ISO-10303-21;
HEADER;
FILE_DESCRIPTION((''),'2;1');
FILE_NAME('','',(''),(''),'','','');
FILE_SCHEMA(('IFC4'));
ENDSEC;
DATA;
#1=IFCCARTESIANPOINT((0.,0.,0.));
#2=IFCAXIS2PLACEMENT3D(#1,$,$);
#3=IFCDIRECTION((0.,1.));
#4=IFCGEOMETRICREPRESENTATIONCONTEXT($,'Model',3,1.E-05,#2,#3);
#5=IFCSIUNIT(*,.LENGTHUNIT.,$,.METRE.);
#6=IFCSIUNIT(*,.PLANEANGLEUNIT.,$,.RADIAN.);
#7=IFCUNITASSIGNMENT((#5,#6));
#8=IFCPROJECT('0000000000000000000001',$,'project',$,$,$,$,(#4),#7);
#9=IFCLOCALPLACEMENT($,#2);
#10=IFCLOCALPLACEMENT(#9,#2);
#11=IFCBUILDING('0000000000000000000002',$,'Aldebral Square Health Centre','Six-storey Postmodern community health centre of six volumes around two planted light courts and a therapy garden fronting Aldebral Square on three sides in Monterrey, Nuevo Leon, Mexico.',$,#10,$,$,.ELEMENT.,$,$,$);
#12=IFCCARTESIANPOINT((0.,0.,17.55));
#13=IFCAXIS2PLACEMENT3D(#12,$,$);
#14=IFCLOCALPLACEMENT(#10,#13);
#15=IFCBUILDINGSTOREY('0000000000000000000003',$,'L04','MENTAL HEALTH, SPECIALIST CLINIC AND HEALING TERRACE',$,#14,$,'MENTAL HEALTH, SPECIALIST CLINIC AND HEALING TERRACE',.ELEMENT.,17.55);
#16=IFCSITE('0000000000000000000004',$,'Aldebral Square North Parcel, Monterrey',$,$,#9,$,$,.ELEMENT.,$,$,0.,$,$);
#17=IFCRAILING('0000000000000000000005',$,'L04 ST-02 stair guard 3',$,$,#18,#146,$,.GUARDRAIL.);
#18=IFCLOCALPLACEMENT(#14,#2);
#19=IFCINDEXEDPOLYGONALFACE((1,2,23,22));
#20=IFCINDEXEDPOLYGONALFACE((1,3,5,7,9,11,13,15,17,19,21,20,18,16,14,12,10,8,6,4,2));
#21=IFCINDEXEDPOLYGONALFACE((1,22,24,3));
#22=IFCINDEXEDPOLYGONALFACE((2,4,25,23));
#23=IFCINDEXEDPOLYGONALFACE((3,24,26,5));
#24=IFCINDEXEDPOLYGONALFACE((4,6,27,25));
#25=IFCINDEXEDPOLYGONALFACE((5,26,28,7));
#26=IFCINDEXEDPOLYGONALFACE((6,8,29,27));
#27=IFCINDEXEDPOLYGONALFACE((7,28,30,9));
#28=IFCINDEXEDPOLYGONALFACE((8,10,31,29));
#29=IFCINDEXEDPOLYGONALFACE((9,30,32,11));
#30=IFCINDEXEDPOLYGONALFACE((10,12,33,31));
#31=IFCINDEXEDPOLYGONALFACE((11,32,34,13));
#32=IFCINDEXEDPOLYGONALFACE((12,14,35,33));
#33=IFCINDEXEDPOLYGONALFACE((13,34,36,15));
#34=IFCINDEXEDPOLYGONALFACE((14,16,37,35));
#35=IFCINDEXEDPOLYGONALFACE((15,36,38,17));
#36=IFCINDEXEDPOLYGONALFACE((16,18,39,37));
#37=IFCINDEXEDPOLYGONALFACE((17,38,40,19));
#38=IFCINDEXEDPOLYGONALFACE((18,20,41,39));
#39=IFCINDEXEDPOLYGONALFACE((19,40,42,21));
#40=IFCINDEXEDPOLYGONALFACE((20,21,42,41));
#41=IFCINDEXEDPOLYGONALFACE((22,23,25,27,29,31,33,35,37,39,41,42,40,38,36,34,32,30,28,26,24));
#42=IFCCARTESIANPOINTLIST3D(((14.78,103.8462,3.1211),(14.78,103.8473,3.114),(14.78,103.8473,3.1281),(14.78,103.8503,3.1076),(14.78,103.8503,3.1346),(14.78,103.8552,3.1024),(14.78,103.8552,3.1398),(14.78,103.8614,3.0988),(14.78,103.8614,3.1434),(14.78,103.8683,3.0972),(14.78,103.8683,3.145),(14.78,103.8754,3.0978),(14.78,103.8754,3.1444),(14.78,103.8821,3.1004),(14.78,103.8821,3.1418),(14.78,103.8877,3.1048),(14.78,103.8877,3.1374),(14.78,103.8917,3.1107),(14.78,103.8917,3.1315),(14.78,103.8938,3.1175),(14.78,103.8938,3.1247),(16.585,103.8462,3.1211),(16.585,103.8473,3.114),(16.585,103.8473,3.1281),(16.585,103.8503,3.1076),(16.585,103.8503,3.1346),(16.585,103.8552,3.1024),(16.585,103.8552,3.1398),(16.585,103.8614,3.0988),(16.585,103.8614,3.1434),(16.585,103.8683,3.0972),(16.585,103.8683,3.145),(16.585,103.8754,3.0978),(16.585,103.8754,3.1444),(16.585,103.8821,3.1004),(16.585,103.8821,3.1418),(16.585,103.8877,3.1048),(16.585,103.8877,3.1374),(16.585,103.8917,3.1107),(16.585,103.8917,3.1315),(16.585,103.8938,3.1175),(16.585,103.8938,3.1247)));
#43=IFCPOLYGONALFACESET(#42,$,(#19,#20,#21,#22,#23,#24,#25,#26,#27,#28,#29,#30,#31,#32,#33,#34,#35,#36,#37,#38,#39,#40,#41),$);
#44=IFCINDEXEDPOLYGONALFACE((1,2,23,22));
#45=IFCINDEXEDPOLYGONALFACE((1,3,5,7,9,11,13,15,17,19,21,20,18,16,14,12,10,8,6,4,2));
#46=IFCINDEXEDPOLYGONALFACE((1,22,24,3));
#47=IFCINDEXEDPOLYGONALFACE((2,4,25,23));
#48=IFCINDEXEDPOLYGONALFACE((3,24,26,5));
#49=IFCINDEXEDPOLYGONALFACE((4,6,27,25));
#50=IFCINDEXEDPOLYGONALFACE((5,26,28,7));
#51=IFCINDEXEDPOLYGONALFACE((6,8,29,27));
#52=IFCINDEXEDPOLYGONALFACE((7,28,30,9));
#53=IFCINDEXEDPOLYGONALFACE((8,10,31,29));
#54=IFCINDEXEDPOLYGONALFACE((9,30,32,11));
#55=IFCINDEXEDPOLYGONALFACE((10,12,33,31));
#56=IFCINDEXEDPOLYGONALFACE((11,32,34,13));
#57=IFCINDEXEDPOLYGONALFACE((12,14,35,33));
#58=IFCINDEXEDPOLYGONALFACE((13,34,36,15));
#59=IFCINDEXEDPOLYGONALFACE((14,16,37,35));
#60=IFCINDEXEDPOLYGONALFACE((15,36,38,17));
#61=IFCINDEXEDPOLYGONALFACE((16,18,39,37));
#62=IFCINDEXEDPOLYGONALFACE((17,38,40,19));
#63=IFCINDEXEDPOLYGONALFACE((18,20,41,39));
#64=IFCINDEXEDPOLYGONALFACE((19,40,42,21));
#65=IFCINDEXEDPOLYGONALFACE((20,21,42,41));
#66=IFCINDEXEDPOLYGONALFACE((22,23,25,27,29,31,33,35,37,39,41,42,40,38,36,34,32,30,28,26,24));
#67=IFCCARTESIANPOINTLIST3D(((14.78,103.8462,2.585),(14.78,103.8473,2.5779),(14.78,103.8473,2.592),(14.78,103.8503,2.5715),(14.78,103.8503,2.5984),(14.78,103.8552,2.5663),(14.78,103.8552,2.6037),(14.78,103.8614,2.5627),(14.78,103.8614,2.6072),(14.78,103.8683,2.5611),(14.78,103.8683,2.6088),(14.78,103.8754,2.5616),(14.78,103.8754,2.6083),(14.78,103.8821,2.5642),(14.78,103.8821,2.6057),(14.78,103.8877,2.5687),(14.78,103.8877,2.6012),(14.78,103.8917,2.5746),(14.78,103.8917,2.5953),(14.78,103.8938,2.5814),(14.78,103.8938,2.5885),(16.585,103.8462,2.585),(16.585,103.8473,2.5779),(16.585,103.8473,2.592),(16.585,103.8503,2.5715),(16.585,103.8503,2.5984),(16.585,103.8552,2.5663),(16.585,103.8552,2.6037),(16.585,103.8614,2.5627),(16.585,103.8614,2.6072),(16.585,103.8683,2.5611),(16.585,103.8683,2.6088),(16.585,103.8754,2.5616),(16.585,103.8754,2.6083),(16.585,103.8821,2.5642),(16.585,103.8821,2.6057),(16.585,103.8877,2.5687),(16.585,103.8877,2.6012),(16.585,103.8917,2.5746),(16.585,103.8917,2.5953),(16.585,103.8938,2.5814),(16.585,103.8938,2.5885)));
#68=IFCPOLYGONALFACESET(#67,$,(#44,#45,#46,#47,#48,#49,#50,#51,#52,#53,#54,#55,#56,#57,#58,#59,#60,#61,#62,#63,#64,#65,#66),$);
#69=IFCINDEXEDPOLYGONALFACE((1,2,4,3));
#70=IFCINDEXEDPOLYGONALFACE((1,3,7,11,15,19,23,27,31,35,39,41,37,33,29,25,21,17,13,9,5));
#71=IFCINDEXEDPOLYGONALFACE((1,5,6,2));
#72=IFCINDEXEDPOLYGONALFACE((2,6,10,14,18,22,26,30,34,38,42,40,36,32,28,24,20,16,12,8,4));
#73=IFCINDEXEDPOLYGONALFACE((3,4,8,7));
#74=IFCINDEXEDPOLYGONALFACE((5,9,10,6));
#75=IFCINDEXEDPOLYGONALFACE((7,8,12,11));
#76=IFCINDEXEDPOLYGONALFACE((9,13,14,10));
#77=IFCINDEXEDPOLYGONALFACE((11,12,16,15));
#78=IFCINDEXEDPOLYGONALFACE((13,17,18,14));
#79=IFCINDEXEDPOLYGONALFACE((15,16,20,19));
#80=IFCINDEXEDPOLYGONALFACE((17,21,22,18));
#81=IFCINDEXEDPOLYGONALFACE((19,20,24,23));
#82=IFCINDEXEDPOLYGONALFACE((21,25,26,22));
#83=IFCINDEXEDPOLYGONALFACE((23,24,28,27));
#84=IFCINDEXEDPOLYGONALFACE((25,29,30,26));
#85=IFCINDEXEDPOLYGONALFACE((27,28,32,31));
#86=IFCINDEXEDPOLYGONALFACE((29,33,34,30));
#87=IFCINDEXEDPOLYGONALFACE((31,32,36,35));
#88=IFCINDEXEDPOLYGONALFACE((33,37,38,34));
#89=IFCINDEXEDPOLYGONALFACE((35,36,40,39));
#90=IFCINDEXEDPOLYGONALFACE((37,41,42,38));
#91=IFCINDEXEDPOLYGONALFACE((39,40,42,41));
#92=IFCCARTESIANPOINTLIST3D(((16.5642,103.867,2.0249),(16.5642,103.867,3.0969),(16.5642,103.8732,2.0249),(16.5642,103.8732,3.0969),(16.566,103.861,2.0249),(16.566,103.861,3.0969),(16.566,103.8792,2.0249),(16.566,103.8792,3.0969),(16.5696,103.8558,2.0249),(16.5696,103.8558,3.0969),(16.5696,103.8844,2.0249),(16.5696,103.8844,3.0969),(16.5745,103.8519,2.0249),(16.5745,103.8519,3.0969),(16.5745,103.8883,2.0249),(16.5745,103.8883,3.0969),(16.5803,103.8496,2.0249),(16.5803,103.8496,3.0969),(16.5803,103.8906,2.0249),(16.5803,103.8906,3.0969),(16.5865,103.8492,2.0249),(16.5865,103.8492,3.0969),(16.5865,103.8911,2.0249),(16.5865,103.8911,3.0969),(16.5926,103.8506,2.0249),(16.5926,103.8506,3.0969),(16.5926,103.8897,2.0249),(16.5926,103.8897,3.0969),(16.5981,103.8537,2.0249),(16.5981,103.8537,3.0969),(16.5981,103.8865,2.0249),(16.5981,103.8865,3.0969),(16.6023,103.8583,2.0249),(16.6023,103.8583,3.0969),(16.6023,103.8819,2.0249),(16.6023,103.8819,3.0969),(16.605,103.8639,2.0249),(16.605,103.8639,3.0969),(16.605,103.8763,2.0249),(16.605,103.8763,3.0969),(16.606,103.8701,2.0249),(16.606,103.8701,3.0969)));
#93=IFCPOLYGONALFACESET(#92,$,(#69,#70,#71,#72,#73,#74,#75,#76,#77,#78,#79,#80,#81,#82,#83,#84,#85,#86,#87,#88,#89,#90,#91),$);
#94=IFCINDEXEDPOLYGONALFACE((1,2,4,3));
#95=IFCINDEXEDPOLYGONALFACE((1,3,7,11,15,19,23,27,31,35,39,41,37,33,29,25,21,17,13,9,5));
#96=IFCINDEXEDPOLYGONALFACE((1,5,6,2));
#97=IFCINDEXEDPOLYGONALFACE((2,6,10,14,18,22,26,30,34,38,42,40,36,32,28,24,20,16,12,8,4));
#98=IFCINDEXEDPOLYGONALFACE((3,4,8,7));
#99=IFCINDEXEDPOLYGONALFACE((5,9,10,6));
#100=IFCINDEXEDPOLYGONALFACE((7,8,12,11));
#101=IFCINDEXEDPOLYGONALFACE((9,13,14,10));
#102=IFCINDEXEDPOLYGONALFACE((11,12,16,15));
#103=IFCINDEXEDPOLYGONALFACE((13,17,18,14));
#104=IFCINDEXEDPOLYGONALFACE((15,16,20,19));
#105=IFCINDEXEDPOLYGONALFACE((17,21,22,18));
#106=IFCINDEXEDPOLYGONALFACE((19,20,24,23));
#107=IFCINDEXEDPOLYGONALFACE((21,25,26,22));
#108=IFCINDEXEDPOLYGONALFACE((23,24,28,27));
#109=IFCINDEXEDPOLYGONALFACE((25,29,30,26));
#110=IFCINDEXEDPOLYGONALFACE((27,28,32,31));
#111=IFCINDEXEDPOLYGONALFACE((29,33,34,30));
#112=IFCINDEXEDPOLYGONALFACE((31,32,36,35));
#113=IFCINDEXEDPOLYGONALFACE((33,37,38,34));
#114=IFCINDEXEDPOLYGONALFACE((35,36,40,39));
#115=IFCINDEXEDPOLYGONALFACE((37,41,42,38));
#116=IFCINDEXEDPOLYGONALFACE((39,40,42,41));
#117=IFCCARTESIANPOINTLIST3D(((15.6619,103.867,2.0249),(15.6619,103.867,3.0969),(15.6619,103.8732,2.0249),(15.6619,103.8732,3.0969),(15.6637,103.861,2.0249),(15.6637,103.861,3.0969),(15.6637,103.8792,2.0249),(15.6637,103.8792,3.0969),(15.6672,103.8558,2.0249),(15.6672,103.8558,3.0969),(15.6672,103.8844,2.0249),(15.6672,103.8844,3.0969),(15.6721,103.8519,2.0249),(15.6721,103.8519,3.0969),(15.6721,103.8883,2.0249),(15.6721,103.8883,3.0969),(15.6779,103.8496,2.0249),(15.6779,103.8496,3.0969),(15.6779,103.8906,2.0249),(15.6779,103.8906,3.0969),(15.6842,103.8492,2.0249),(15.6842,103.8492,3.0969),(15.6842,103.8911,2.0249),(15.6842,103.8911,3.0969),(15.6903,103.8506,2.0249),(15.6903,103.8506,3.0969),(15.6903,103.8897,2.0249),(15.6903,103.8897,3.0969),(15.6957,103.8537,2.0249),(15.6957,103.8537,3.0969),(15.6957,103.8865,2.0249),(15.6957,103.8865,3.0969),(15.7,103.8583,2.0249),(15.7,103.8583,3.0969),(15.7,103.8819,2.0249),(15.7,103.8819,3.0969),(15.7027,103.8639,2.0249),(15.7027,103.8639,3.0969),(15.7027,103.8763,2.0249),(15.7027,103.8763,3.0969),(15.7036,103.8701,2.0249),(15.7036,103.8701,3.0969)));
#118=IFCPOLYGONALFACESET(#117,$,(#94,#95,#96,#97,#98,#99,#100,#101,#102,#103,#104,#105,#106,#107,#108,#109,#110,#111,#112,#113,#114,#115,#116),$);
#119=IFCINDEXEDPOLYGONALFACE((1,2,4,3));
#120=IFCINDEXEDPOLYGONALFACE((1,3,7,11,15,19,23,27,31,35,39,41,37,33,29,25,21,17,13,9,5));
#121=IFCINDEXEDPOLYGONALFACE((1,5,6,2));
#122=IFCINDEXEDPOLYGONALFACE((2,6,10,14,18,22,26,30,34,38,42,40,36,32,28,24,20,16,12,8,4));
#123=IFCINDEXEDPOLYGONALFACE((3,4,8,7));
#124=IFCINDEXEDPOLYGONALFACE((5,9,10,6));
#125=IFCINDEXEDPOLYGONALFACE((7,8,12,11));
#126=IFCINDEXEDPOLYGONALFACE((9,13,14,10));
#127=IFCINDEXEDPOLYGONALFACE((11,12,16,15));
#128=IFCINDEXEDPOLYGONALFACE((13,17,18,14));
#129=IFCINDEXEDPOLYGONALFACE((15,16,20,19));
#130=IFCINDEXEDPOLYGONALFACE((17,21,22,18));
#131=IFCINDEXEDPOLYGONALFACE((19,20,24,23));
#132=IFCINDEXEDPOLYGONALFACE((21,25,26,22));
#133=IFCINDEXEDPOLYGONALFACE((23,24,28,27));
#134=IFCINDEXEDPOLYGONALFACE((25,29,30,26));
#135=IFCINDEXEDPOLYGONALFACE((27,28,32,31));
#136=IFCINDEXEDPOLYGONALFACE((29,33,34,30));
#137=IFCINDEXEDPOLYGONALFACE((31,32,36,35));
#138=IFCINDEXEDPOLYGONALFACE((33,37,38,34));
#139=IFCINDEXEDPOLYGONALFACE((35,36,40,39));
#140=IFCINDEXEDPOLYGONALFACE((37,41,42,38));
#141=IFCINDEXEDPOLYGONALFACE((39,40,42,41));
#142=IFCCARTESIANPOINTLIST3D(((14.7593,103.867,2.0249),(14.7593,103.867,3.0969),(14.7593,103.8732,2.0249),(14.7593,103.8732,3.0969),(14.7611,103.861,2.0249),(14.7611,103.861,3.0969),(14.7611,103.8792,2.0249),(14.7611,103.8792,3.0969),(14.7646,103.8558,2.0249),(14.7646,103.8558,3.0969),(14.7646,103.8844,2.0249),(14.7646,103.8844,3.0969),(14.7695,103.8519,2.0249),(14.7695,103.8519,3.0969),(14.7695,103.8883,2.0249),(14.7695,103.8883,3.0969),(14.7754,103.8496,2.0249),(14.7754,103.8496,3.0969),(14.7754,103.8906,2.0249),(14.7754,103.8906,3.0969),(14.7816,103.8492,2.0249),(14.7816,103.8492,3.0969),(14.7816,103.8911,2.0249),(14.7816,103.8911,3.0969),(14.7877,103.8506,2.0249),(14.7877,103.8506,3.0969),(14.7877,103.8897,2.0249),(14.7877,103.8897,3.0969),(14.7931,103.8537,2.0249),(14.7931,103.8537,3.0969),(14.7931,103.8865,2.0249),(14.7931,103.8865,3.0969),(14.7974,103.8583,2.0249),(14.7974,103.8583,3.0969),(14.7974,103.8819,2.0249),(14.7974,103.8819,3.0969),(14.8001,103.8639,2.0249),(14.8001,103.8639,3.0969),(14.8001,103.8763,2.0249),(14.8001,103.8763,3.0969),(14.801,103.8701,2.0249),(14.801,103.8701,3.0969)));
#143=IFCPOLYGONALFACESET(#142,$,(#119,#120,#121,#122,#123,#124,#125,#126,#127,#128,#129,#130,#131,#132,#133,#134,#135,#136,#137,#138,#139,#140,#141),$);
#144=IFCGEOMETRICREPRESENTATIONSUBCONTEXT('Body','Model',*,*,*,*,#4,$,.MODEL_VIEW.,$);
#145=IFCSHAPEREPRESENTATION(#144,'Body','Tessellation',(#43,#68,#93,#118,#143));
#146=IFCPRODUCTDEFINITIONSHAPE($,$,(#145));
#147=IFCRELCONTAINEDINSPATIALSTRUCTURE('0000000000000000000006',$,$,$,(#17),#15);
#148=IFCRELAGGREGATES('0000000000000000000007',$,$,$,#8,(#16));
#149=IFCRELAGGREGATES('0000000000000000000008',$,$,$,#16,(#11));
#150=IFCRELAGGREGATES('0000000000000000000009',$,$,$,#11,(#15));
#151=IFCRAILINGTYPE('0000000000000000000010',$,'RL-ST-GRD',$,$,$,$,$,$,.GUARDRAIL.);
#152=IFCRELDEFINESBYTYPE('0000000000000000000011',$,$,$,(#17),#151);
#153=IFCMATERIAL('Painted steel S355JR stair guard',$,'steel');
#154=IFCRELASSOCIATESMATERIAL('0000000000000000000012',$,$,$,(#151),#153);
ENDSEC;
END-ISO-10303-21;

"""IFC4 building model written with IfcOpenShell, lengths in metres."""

from ifc_helpers import new_model, si_unit, direction, frame, origin, origin_2d, place, context, subcontext, project, spatial, circle, extrude, material, type_object, element, save


model = new_model("IFC4")

# Units and contexts
model_context = context("Model", 3, precision=1e-05, world=origin(), true_north=direction((0.0, 1.0)))
body_context = subcontext(model_context, "Body", "Model", "MODEL_VIEW")
ifc_project = project(units=[si_unit("LENGTHUNIT", "METRE"), si_unit("PLANEANGLEUNIT", "RADIAN")], contexts=[model_context])

# Site, building, storey
site_placement = place(None, origin())
site = spatial("IfcSite", under=ifc_project, at=site_placement, Name="Aldebral Square North Parcel, Monterrey", CompositionType="ELEMENT", RefElevation=0.0)
building_placement = place(site_placement, origin())
building = spatial("IfcBuilding", under=site, at=building_placement, Name="Aldebral Square Health Centre", Description="Six-storey Postmodern community health centre of six volumes around two planted light courts and a therapy garden fronting Aldebral Square on three sides in Monterrey, Nuevo Leon, Mexico.", CompositionType="ELEMENT")
storey_placement = place(building_placement, frame((0.0, 0.0, 17.55)))
storey = spatial("IfcBuildingStorey", under=building, at=storey_placement, Name="L04", Description="MENTAL HEALTH, SPECIALIST CLINIC AND HEALING TERRACE", LongName="MENTAL HEALTH, SPECIALIST CLINIC AND HEALING TERRACE", CompositionType="ELEMENT", Elevation=17.55)

# Railing
ifc_material_1 = material(Name="Painted steel S355JR stair guard", Category="steel")
railing_type_1 = type_object("IfcRailingType", Name="RL-ST-GRD", PredefinedType="GUARDRAIL", material=ifc_material_1)
railing_1_placement = place(storey_placement, frame((16.585, 103.8701, 2.0249)))
element("IfcRailing", 1, at=railing_1_placement, inside=storey, type_object=railing_type_1, Name="L04 ST-02 stair guard 3", PredefinedType="GUARDRAIL", context=body_context, shape_type="SweptSolid", body=[
    extrude(circle(Radius=0.0239, at=origin_2d()), frame((0.0, 0.0, 1.0962), z_axis=(-1.0, 0.0, 0.0), x_axis=(0.0, -1.0, 0.0)), (0.0, 0.0, 1.0), 1.8049),
    extrude(circle(Radius=0.0239, at=origin_2d()), frame((0.0, 0.0, 0.5601), z_axis=(-1.0, 0.0, 0.0), x_axis=(0.0, -1.0, 0.0)), (0.0, 0.0, 1.0), 1.8049),
    extrude(circle(Radius=0.021, at=origin_2d()), origin(), (0.0, 0.0, 1.0), 1.072),
    extrude(circle(Radius=0.021, at=origin_2d()), frame((-0.9023, 0.0, 0.0)), (0.0, 0.0, 1.0), 1.072),
    extrude(circle(Radius=0.021, at=origin_2d()), frame((-1.8049, 0.0, 0.0)), (0.0, 0.0, 1.0), 1.072),
])

save(model, "model.ifc")
